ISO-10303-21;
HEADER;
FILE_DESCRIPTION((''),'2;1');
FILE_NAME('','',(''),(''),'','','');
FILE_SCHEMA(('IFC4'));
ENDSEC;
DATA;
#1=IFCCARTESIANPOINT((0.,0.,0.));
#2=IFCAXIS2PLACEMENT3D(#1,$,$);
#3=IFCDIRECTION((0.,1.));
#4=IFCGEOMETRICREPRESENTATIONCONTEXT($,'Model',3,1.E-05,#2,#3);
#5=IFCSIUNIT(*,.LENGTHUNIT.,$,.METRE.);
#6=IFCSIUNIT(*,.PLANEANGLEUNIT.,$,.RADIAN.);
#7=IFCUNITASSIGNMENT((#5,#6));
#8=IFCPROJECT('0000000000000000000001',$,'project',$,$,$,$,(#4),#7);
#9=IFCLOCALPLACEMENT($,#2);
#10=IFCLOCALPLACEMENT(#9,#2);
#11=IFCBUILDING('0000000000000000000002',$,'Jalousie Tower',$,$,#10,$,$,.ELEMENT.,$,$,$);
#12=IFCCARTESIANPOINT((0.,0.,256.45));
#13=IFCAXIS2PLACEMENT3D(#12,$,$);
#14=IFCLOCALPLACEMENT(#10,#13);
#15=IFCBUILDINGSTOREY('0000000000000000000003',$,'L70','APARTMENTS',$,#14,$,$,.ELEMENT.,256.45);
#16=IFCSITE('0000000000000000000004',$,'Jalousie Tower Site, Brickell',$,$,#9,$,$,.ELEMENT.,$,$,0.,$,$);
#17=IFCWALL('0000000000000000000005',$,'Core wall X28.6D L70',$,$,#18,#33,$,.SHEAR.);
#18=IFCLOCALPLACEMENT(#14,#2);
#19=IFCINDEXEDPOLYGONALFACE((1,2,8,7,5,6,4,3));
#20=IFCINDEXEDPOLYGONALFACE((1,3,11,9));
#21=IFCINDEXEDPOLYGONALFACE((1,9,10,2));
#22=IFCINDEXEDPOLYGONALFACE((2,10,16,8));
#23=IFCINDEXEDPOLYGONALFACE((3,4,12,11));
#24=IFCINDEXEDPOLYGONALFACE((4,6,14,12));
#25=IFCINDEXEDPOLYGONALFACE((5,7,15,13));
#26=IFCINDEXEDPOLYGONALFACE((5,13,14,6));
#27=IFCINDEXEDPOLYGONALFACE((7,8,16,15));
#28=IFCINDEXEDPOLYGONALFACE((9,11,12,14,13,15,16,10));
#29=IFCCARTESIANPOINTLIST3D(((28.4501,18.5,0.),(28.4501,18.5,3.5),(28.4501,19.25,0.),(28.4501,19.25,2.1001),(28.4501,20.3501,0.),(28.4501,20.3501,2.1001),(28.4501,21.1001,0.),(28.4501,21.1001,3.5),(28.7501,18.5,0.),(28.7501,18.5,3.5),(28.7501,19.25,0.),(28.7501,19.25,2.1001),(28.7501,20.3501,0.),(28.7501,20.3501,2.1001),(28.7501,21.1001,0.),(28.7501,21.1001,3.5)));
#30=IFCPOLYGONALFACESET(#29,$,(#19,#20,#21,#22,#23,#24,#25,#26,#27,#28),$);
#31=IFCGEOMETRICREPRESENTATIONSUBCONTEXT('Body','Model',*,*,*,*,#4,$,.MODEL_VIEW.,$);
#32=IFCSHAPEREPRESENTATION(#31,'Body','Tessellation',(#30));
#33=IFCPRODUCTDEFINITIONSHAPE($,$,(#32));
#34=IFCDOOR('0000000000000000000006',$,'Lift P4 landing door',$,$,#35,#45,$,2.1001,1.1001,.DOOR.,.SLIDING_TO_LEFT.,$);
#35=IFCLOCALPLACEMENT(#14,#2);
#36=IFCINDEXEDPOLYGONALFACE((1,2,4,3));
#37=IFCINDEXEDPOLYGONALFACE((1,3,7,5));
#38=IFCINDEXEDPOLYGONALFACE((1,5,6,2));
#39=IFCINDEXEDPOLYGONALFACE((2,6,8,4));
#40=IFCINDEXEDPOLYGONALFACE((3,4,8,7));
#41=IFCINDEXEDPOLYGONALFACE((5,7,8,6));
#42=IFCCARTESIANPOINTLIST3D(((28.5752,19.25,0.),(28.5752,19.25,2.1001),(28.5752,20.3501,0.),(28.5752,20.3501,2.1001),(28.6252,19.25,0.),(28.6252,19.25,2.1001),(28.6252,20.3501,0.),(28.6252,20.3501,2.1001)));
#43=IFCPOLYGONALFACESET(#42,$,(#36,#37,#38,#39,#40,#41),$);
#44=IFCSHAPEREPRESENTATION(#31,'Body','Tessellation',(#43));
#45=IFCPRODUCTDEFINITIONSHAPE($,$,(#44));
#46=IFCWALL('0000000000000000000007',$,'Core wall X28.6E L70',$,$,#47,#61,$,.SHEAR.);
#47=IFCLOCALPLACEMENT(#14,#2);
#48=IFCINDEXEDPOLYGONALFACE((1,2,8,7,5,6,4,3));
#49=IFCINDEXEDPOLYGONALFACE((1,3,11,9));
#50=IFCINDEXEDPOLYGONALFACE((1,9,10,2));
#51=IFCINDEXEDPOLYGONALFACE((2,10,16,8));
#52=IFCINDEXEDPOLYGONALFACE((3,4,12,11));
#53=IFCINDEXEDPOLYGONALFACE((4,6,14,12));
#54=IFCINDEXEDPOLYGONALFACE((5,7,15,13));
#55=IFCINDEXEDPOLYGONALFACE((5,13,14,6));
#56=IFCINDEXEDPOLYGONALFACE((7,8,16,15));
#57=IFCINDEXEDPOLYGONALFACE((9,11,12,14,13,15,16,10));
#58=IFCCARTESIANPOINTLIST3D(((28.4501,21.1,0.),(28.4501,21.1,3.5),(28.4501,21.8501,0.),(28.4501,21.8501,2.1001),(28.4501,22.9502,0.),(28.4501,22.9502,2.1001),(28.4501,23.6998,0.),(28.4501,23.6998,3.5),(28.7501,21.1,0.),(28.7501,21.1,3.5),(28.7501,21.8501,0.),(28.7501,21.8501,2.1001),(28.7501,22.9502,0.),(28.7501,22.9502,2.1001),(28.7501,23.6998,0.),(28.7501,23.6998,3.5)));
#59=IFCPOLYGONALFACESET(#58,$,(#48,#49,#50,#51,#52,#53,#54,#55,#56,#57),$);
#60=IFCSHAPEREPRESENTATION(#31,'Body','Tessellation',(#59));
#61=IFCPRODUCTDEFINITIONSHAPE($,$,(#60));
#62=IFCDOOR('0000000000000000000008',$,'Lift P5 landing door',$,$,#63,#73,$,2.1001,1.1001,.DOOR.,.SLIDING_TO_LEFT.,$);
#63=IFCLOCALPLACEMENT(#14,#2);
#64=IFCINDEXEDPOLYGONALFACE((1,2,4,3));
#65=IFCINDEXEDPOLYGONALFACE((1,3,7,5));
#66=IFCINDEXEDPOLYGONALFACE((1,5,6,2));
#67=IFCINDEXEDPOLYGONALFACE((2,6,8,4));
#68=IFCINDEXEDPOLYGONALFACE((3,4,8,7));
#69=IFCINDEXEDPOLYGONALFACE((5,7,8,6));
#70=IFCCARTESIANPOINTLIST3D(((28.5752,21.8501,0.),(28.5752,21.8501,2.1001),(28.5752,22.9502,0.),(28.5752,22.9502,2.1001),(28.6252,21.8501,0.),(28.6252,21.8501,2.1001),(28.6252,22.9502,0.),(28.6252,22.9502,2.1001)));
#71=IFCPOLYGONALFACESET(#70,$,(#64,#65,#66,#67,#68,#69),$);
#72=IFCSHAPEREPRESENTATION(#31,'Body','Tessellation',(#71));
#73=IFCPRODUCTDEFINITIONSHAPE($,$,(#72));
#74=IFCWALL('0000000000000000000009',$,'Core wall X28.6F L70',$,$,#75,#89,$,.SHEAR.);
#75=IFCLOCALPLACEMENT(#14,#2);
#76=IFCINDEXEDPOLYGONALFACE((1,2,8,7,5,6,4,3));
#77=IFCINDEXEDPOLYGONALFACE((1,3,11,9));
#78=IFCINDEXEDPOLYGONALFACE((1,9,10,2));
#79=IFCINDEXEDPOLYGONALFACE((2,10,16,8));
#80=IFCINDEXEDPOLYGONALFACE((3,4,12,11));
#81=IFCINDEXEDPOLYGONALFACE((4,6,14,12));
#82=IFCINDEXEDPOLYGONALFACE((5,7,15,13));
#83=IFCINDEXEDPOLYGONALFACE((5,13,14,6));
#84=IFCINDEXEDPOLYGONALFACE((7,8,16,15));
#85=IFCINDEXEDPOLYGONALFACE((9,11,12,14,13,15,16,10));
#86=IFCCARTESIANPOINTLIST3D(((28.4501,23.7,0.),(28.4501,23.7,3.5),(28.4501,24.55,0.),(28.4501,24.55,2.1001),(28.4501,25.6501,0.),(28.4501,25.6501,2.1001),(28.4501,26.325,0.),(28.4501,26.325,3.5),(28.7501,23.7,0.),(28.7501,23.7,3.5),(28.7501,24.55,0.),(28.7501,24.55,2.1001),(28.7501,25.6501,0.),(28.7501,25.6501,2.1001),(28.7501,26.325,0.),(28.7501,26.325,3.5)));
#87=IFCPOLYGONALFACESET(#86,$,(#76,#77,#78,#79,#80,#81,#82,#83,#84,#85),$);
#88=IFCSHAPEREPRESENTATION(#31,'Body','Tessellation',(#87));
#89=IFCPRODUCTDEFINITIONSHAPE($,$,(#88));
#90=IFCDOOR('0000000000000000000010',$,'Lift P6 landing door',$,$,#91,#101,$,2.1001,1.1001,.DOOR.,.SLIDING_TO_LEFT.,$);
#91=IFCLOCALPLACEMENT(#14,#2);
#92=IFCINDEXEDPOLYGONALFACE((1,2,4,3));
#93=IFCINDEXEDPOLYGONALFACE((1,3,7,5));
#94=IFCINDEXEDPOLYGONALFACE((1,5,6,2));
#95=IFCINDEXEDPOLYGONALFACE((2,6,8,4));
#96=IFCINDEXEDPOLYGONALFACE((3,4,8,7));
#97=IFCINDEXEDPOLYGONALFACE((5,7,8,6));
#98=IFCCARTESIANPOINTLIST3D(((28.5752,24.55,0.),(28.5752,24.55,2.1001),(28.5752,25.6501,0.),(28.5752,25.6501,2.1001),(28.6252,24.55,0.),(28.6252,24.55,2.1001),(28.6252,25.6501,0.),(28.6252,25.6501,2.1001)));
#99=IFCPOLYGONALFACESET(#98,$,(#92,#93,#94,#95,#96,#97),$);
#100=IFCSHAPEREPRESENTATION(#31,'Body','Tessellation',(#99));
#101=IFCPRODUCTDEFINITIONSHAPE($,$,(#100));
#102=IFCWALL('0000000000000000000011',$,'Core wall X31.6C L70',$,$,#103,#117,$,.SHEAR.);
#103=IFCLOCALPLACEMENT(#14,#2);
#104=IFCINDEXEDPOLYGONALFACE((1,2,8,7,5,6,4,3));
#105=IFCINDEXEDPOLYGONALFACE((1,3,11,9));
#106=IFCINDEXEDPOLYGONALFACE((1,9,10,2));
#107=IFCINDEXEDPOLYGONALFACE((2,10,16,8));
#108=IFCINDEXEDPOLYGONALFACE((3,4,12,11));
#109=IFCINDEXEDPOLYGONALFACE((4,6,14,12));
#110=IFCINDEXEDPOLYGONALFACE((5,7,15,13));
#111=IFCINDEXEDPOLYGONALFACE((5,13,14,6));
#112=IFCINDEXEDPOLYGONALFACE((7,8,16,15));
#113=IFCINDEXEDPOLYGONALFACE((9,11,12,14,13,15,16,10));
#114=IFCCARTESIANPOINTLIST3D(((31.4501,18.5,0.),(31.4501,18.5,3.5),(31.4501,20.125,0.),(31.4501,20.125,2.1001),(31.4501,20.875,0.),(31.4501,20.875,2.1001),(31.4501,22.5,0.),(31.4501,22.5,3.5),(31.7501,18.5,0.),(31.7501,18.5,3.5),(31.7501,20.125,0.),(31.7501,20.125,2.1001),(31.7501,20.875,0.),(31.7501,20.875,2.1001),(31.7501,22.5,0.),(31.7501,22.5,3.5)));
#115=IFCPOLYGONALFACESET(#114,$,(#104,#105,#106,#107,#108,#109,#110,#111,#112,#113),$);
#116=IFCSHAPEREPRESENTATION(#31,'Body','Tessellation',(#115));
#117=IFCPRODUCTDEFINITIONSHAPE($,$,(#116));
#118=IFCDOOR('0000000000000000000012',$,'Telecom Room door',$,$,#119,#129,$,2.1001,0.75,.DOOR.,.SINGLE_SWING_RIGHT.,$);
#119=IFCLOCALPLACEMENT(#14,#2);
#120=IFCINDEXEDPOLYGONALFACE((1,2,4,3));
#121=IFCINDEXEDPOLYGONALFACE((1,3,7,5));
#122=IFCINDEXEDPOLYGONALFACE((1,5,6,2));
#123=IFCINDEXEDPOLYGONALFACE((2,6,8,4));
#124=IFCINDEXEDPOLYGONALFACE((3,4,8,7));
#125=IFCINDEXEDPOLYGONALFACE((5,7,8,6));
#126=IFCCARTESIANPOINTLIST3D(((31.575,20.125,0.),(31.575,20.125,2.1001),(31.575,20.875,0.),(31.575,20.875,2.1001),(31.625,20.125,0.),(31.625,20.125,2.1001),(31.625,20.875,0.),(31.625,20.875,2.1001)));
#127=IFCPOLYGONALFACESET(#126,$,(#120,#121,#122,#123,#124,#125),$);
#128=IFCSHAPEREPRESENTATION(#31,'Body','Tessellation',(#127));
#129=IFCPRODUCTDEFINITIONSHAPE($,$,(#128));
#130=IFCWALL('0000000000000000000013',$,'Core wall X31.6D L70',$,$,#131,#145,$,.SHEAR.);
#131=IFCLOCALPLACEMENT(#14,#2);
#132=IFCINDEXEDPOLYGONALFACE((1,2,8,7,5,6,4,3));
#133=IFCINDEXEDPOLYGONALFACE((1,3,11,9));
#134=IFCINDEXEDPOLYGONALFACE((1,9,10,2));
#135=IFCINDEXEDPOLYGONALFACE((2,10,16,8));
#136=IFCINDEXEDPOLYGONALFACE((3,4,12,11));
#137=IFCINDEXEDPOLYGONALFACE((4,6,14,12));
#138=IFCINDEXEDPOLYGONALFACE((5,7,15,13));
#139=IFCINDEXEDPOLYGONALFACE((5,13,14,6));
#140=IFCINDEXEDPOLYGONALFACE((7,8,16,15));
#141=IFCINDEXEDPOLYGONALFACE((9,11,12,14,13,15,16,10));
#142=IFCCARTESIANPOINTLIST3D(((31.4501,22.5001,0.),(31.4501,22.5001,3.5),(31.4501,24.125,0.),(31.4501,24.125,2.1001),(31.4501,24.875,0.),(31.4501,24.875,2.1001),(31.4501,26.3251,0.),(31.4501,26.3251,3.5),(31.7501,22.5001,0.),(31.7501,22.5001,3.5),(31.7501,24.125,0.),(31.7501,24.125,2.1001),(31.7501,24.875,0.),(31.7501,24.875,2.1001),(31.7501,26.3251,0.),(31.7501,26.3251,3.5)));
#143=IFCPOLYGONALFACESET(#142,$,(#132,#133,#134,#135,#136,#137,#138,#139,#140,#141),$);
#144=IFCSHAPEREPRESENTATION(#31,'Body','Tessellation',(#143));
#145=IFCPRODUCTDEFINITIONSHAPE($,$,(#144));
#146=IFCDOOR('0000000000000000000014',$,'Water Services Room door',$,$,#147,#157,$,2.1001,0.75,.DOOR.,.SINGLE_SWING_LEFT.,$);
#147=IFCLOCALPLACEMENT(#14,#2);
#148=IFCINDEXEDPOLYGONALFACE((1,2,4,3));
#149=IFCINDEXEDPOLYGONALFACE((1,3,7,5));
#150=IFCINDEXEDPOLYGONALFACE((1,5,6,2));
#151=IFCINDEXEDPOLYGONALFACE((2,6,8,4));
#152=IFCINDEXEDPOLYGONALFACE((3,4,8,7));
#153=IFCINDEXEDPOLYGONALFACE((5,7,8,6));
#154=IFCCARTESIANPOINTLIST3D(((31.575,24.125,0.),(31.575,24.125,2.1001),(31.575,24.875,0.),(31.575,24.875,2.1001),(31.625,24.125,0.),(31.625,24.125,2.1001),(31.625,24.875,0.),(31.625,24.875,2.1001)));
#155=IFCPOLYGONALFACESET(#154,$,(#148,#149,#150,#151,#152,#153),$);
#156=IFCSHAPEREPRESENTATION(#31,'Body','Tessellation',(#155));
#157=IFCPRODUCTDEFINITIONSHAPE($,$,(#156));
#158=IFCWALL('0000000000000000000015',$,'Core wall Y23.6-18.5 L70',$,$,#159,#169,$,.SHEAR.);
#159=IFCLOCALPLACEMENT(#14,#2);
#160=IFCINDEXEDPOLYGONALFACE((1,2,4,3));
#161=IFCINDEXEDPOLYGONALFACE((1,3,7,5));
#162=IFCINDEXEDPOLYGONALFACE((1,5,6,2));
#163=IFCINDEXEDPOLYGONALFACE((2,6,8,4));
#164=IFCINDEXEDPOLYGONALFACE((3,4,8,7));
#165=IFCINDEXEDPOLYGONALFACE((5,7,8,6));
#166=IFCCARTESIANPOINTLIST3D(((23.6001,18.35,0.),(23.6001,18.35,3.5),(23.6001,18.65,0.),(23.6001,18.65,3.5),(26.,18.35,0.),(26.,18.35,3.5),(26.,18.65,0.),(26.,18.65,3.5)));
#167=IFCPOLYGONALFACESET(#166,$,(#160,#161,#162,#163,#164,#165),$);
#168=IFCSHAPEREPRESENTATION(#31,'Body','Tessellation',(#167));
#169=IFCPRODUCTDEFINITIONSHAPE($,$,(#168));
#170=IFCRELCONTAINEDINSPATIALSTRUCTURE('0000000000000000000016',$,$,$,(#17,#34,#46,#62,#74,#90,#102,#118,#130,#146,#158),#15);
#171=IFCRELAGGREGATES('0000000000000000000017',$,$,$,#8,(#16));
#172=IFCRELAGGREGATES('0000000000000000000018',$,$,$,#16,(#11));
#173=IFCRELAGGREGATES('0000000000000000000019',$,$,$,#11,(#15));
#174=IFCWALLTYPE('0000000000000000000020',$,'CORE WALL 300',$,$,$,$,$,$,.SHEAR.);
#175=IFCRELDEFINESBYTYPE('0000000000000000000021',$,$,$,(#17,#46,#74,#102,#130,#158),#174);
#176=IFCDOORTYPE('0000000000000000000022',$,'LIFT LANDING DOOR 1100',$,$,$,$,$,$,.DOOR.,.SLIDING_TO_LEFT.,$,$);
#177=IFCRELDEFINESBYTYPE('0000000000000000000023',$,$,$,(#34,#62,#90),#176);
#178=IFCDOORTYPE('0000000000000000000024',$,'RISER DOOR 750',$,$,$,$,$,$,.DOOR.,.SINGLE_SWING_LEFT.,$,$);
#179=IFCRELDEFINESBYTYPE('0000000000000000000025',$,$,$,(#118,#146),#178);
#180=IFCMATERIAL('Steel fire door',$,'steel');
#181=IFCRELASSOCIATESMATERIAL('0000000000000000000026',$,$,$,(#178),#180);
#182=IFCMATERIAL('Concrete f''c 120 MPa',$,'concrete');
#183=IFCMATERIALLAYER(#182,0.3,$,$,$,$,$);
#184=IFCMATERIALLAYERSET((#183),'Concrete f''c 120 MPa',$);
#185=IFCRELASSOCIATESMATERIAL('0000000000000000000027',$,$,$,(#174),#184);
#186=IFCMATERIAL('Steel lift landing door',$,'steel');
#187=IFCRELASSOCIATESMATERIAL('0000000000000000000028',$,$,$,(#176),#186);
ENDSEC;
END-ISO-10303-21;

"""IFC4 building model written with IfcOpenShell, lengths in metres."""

from ifc_helpers import new_model, si_unit, direction, frame, frame_2d, origin, place, context, subcontext, project, spatial, rectangle, extrude, material, layer, layer_set, type_object, element, fill, save


model = new_model("IFC4")

# Units and contexts
model_context = context("Model", 3, precision=1e-05, world=origin(), true_north=direction((0.0, 1.0)))
body_context = subcontext(model_context, "Body", "Model", "MODEL_VIEW")
ifc_project = project(units=[si_unit("LENGTHUNIT", "METRE"), si_unit("PLANEANGLEUNIT", "RADIAN")], contexts=[model_context])

# Site, building, storey
site_placement = place(None, origin())
site = spatial("IfcSite", under=ifc_project, at=site_placement, Name="Jalousie Tower Site, Brickell", CompositionType="ELEMENT", RefElevation=0.0)
building_placement = place(site_placement, origin())
building = spatial("IfcBuilding", under=site, at=building_placement, Name="Jalousie Tower", CompositionType="ELEMENT")
storey_placement = place(building_placement, frame((0.0, 0.0, 256.45)))
storey = spatial("IfcBuildingStorey", under=building, at=storey_placement, Name="L70", Description="APARTMENTS", CompositionType="ELEMENT", Elevation=256.45)

# Shared definitions
ifc_material_1 = material(Name="Steel fire door", Category="steel")
door_type_1 = type_object("IfcDoorType", Name="RISER DOOR 750", OperationType="SINGLE_SWING_LEFT", PredefinedType="DOOR", material=ifc_material_1)

# Shared definitions
ifc_material_2 = material(Name="Concrete f'c 120 MPa", Category="concrete")
ifc_layer_1 = layer(ifc_material_2, 0.3)
ifc_layer_set_1 = layer_set([ifc_layer_1], Name="Concrete f'c 120 MPa")
wall_type_1 = type_object("IfcWallType", Name="CORE WALL 300", PredefinedType="SHEAR", material=ifc_layer_set_1)

# Walls, openings, doors
wall_1_placement = place(storey_placement, frame((28.6001, 18.5, 0.0), z_axis=(0.0, 0.0, 1.0), x_axis=(0.0, 1.0, 0.0)))
wall_1 = element("IfcWall", 1, at=wall_1_placement, inside=storey, type_object=wall_type_1, Name="Core wall X28.6D L70", PredefinedType="SHEAR", context=body_context, shape_type="SweptSolid", body=[
    extrude(rectangle(XDim=2.6001, YDim=0.3, at=frame_2d((1.3, 0.0))), origin(), (0.0, 0.0, 1.0), 3.5),
])
opening_1_placement = place(wall_1_placement, frame((0.75, 0.0, 0.0)))
opening_1 = element("IfcOpeningElement", 2, at=opening_1_placement, cuts=wall_1, PredefinedType="OPENING", context=body_context, shape_type="SweptSolid", body=[
    extrude(rectangle(XDim=1.1001, YDim=2.1001, at=frame_2d((0.55, 1.05))), frame((0.0, 0.1599, 0.0), z_axis=(0.0, -1.0, 0.0), x_axis=(1.0, 0.0, 0.0)), (0.0, 0.0, 1.0), 0.3201),
])
ifc_material_3 = material(Name="Steel lift landing door", Category="steel")
door_type_2 = type_object("IfcDoorType", Name="LIFT LANDING DOOR 1100", OperationType="SLIDING_TO_LEFT", PredefinedType="DOOR", material=ifc_material_3)
door_1_placement = place(opening_1_placement, origin())
door_1 = element("IfcDoor", 3, at=door_1_placement, inside=storey, type_object=door_type_2, Name="Lift P4 landing door", OperationType="SLIDING_TO_LEFT", OverallHeight=2.1001, OverallWidth=1.1001, PredefinedType="DOOR", context=body_context, shape_type="SweptSolid", body=[
    extrude(rectangle(XDim=1.1001, YDim=2.1001, at=frame_2d((0.55, 1.05))), frame((0.0, 0.0249, 0.0), z_axis=(0.0, -1.0, 0.0), x_axis=(1.0, 0.0, 0.0)), (0.0, 0.0, 1.0), 0.05),
])
fill(opening_1, door_1)
wall_2_placement = place(storey_placement, frame((28.6001, 21.1001, 0.0), z_axis=(0.0, 0.0, 1.0), x_axis=(0.0, 1.0, 0.0)))
wall_2 = element("IfcWall", 4, at=wall_2_placement, inside=storey, type_object=wall_type_1, Name="Core wall X28.6E L70", PredefinedType="SHEAR", context=body_context, shape_type="SweptSolid", body=[
    extrude(rectangle(XDim=2.5999, YDim=0.3, at=frame_2d((1.2998, 0.0))), origin(), (0.0, 0.0, 1.0), 3.5),
])
opening_2_placement = place(wall_2_placement, frame((0.75, 0.0, 0.0)))
opening_2 = element("IfcOpeningElement", 5, at=opening_2_placement, cuts=wall_2, PredefinedType="OPENING", context=body_context, shape_type="SweptSolid", body=[
    extrude(rectangle(XDim=1.1001, YDim=2.1001, at=frame_2d((0.55, 1.05))), frame((0.0, 0.1599, 0.0), z_axis=(0.0, -1.0, 0.0), x_axis=(1.0, 0.0, 0.0)), (0.0, 0.0, 1.0), 0.3201),
])
door_2_placement = place(opening_2_placement, origin())
door_2 = element("IfcDoor", 6, at=door_2_placement, inside=storey, type_object=door_type_2, Name="Lift P5 landing door", OperationType="SLIDING_TO_LEFT", OverallHeight=2.1001, OverallWidth=1.1001, PredefinedType="DOOR", context=body_context, shape_type="SweptSolid", body=[
    extrude(rectangle(XDim=1.1001, YDim=2.1001, at=frame_2d((0.55, 1.05))), frame((0.0, 0.0249, 0.0), z_axis=(0.0, -1.0, 0.0), x_axis=(1.0, 0.0, 0.0)), (0.0, 0.0, 1.0), 0.05),
])
fill(opening_2, door_2)
wall_3_placement = place(storey_placement, frame((28.6001, 23.7, 0.0), z_axis=(0.0, 0.0, 1.0), x_axis=(0.0, 1.0, 0.0)))
wall_3 = element("IfcWall", 7, at=wall_3_placement, inside=storey, type_object=wall_type_1, Name="Core wall X28.6F L70", PredefinedType="SHEAR", context=body_context, shape_type="SweptSolid", body=[
    extrude(rectangle(XDim=2.625, YDim=0.3, at=frame_2d((1.3125, 0.0))), origin(), (0.0, 0.0, 1.0), 3.5),
])
opening_3_placement = place(wall_3_placement, frame((0.8501, 0.0, 0.0)))
opening_3 = element("IfcOpeningElement", 8, at=opening_3_placement, cuts=wall_3, PredefinedType="OPENING", context=body_context, shape_type="SweptSolid", body=[
    extrude(rectangle(XDim=1.1001, YDim=2.1001, at=frame_2d((0.55, 1.05))), frame((0.0, 0.1599, 0.0), z_axis=(0.0, -1.0, 0.0), x_axis=(1.0, 0.0, 0.0)), (0.0, 0.0, 1.0), 0.3201),
])
door_3_placement = place(opening_3_placement, origin())
door_3 = element("IfcDoor", 9, at=door_3_placement, inside=storey, type_object=door_type_2, Name="Lift P6 landing door", OperationType="SLIDING_TO_LEFT", OverallHeight=2.1001, OverallWidth=1.1001, PredefinedType="DOOR", context=body_context, shape_type="SweptSolid", body=[
    extrude(rectangle(XDim=1.1001, YDim=2.1001, at=frame_2d((0.55, 1.05))), frame((0.0, 0.0249, 0.0), z_axis=(0.0, -1.0, 0.0), x_axis=(1.0, 0.0, 0.0)), (0.0, 0.0, 1.0), 0.05),
])
fill(opening_3, door_3)
wall_4_placement = place(storey_placement, frame((31.6001, 18.5, 0.0), z_axis=(0.0, 0.0, 1.0), x_axis=(0.0, 1.0, 0.0)))
wall_4 = element("IfcWall", 10, at=wall_4_placement, inside=storey, type_object=wall_type_1, Name="Core wall X31.6C L70", PredefinedType="SHEAR", context=body_context, shape_type="SweptSolid", body=[
    extrude(rectangle(XDim=4.0, YDim=0.3, at=frame_2d((2.0, 0.0))), origin(), (0.0, 0.0, 1.0), 3.5),
])
opening_4_placement = place(wall_4_placement, frame((1.625, 0.0, 0.0)))
opening_4 = element("IfcOpeningElement", 11, at=opening_4_placement, cuts=wall_4, PredefinedType="OPENING", context=body_context, shape_type="SweptSolid", body=[
    extrude(rectangle(XDim=0.75, YDim=2.1001, at=frame_2d((0.375, 1.05))), frame((0.0, 0.1599, 0.0), z_axis=(0.0, -1.0, 0.0), x_axis=(1.0, 0.0, 0.0)), (0.0, 0.0, 1.0), 0.3201),
])
door_4_placement = place(opening_4_placement, frame((0.75, 0.0, 0.0), z_axis=(0.0, 0.0, 1.0), x_axis=(-1.0, 0.0, 0.0)))
door_4 = element("IfcDoor", 12, at=door_4_placement, inside=storey, type_object=door_type_1, Name="Telecom Room door", OperationType="SINGLE_SWING_RIGHT", OverallHeight=2.1001, OverallWidth=0.75, PredefinedType="DOOR", context=body_context, shape_type="SweptSolid", body=[
    extrude(rectangle(XDim=0.75, YDim=2.1001, at=frame_2d((0.375, 1.05))), frame((0.0, 0.0249, 0.0), z_axis=(0.0, -1.0, 0.0), x_axis=(1.0, 0.0, 0.0)), (0.0, 0.0, 1.0), 0.05),
])
fill(opening_4, door_4)
wall_5_placement = place(storey_placement, frame((31.6001, 22.5, 0.0), z_axis=(0.0, 0.0, 1.0), x_axis=(0.0, 1.0, 0.0)))
wall_5 = element("IfcWall", 13, at=wall_5_placement, inside=storey, type_object=wall_type_1, Name="Core wall X31.6D L70", PredefinedType="SHEAR", context=body_context, shape_type="SweptSolid", body=[
    extrude(rectangle(XDim=3.825, YDim=0.3, at=frame_2d((1.9126, 0.0))), origin(), (0.0, 0.0, 1.0), 3.5),
])
opening_5_placement = place(wall_5_placement, frame((1.625, 0.0, 0.0)))
opening_5 = element("IfcOpeningElement", 14, at=opening_5_placement, cuts=wall_5, PredefinedType="OPENING", context=body_context, shape_type="SweptSolid", body=[
    extrude(rectangle(XDim=0.75, YDim=2.1001, at=frame_2d((0.375, 1.05))), frame((0.0, 0.1599, 0.0), z_axis=(0.0, -1.0, 0.0), x_axis=(1.0, 0.0, 0.0)), (0.0, 0.0, 1.0), 0.3201),
])
door_5_placement = place(opening_5_placement, frame((0.75, 0.0, 0.0), z_axis=(0.0, 0.0, 1.0), x_axis=(-1.0, 0.0, 0.0)))
door_5 = element("IfcDoor", 15, at=door_5_placement, inside=storey, type_object=door_type_1, Name="Water Services Room door", OperationType="SINGLE_SWING_LEFT", OverallHeight=2.1001, OverallWidth=0.75, PredefinedType="DOOR", context=body_context, shape_type="SweptSolid", body=[
    extrude(rectangle(XDim=0.75, YDim=2.1001, at=frame_2d((0.375, 1.05))), frame((0.0, 0.0249, 0.0), z_axis=(0.0, -1.0, 0.0), x_axis=(1.0, 0.0, 0.0)), (0.0, 0.0, 1.0), 0.05),
])
fill(opening_5, door_5)

# Wall
wall_6_placement = place(storey_placement, frame((23.6001, 18.5, 0.0), z_axis=(0.0, 0.0, 1.0), x_axis=(1.0, 0.0, 0.0)))
element("IfcWall", 16, at=wall_6_placement, inside=storey, type_object=wall_type_1, Name="Core wall Y23.6-18.5 L70", PredefinedType="SHEAR", context=body_context, shape_type="SweptSolid", body=[
    extrude(rectangle(XDim=2.3999, YDim=0.3, at=frame_2d((1.2, 0.0))), origin(), (0.0, 0.0, 1.0), 3.5),
])

save(model, "model.ifc")
